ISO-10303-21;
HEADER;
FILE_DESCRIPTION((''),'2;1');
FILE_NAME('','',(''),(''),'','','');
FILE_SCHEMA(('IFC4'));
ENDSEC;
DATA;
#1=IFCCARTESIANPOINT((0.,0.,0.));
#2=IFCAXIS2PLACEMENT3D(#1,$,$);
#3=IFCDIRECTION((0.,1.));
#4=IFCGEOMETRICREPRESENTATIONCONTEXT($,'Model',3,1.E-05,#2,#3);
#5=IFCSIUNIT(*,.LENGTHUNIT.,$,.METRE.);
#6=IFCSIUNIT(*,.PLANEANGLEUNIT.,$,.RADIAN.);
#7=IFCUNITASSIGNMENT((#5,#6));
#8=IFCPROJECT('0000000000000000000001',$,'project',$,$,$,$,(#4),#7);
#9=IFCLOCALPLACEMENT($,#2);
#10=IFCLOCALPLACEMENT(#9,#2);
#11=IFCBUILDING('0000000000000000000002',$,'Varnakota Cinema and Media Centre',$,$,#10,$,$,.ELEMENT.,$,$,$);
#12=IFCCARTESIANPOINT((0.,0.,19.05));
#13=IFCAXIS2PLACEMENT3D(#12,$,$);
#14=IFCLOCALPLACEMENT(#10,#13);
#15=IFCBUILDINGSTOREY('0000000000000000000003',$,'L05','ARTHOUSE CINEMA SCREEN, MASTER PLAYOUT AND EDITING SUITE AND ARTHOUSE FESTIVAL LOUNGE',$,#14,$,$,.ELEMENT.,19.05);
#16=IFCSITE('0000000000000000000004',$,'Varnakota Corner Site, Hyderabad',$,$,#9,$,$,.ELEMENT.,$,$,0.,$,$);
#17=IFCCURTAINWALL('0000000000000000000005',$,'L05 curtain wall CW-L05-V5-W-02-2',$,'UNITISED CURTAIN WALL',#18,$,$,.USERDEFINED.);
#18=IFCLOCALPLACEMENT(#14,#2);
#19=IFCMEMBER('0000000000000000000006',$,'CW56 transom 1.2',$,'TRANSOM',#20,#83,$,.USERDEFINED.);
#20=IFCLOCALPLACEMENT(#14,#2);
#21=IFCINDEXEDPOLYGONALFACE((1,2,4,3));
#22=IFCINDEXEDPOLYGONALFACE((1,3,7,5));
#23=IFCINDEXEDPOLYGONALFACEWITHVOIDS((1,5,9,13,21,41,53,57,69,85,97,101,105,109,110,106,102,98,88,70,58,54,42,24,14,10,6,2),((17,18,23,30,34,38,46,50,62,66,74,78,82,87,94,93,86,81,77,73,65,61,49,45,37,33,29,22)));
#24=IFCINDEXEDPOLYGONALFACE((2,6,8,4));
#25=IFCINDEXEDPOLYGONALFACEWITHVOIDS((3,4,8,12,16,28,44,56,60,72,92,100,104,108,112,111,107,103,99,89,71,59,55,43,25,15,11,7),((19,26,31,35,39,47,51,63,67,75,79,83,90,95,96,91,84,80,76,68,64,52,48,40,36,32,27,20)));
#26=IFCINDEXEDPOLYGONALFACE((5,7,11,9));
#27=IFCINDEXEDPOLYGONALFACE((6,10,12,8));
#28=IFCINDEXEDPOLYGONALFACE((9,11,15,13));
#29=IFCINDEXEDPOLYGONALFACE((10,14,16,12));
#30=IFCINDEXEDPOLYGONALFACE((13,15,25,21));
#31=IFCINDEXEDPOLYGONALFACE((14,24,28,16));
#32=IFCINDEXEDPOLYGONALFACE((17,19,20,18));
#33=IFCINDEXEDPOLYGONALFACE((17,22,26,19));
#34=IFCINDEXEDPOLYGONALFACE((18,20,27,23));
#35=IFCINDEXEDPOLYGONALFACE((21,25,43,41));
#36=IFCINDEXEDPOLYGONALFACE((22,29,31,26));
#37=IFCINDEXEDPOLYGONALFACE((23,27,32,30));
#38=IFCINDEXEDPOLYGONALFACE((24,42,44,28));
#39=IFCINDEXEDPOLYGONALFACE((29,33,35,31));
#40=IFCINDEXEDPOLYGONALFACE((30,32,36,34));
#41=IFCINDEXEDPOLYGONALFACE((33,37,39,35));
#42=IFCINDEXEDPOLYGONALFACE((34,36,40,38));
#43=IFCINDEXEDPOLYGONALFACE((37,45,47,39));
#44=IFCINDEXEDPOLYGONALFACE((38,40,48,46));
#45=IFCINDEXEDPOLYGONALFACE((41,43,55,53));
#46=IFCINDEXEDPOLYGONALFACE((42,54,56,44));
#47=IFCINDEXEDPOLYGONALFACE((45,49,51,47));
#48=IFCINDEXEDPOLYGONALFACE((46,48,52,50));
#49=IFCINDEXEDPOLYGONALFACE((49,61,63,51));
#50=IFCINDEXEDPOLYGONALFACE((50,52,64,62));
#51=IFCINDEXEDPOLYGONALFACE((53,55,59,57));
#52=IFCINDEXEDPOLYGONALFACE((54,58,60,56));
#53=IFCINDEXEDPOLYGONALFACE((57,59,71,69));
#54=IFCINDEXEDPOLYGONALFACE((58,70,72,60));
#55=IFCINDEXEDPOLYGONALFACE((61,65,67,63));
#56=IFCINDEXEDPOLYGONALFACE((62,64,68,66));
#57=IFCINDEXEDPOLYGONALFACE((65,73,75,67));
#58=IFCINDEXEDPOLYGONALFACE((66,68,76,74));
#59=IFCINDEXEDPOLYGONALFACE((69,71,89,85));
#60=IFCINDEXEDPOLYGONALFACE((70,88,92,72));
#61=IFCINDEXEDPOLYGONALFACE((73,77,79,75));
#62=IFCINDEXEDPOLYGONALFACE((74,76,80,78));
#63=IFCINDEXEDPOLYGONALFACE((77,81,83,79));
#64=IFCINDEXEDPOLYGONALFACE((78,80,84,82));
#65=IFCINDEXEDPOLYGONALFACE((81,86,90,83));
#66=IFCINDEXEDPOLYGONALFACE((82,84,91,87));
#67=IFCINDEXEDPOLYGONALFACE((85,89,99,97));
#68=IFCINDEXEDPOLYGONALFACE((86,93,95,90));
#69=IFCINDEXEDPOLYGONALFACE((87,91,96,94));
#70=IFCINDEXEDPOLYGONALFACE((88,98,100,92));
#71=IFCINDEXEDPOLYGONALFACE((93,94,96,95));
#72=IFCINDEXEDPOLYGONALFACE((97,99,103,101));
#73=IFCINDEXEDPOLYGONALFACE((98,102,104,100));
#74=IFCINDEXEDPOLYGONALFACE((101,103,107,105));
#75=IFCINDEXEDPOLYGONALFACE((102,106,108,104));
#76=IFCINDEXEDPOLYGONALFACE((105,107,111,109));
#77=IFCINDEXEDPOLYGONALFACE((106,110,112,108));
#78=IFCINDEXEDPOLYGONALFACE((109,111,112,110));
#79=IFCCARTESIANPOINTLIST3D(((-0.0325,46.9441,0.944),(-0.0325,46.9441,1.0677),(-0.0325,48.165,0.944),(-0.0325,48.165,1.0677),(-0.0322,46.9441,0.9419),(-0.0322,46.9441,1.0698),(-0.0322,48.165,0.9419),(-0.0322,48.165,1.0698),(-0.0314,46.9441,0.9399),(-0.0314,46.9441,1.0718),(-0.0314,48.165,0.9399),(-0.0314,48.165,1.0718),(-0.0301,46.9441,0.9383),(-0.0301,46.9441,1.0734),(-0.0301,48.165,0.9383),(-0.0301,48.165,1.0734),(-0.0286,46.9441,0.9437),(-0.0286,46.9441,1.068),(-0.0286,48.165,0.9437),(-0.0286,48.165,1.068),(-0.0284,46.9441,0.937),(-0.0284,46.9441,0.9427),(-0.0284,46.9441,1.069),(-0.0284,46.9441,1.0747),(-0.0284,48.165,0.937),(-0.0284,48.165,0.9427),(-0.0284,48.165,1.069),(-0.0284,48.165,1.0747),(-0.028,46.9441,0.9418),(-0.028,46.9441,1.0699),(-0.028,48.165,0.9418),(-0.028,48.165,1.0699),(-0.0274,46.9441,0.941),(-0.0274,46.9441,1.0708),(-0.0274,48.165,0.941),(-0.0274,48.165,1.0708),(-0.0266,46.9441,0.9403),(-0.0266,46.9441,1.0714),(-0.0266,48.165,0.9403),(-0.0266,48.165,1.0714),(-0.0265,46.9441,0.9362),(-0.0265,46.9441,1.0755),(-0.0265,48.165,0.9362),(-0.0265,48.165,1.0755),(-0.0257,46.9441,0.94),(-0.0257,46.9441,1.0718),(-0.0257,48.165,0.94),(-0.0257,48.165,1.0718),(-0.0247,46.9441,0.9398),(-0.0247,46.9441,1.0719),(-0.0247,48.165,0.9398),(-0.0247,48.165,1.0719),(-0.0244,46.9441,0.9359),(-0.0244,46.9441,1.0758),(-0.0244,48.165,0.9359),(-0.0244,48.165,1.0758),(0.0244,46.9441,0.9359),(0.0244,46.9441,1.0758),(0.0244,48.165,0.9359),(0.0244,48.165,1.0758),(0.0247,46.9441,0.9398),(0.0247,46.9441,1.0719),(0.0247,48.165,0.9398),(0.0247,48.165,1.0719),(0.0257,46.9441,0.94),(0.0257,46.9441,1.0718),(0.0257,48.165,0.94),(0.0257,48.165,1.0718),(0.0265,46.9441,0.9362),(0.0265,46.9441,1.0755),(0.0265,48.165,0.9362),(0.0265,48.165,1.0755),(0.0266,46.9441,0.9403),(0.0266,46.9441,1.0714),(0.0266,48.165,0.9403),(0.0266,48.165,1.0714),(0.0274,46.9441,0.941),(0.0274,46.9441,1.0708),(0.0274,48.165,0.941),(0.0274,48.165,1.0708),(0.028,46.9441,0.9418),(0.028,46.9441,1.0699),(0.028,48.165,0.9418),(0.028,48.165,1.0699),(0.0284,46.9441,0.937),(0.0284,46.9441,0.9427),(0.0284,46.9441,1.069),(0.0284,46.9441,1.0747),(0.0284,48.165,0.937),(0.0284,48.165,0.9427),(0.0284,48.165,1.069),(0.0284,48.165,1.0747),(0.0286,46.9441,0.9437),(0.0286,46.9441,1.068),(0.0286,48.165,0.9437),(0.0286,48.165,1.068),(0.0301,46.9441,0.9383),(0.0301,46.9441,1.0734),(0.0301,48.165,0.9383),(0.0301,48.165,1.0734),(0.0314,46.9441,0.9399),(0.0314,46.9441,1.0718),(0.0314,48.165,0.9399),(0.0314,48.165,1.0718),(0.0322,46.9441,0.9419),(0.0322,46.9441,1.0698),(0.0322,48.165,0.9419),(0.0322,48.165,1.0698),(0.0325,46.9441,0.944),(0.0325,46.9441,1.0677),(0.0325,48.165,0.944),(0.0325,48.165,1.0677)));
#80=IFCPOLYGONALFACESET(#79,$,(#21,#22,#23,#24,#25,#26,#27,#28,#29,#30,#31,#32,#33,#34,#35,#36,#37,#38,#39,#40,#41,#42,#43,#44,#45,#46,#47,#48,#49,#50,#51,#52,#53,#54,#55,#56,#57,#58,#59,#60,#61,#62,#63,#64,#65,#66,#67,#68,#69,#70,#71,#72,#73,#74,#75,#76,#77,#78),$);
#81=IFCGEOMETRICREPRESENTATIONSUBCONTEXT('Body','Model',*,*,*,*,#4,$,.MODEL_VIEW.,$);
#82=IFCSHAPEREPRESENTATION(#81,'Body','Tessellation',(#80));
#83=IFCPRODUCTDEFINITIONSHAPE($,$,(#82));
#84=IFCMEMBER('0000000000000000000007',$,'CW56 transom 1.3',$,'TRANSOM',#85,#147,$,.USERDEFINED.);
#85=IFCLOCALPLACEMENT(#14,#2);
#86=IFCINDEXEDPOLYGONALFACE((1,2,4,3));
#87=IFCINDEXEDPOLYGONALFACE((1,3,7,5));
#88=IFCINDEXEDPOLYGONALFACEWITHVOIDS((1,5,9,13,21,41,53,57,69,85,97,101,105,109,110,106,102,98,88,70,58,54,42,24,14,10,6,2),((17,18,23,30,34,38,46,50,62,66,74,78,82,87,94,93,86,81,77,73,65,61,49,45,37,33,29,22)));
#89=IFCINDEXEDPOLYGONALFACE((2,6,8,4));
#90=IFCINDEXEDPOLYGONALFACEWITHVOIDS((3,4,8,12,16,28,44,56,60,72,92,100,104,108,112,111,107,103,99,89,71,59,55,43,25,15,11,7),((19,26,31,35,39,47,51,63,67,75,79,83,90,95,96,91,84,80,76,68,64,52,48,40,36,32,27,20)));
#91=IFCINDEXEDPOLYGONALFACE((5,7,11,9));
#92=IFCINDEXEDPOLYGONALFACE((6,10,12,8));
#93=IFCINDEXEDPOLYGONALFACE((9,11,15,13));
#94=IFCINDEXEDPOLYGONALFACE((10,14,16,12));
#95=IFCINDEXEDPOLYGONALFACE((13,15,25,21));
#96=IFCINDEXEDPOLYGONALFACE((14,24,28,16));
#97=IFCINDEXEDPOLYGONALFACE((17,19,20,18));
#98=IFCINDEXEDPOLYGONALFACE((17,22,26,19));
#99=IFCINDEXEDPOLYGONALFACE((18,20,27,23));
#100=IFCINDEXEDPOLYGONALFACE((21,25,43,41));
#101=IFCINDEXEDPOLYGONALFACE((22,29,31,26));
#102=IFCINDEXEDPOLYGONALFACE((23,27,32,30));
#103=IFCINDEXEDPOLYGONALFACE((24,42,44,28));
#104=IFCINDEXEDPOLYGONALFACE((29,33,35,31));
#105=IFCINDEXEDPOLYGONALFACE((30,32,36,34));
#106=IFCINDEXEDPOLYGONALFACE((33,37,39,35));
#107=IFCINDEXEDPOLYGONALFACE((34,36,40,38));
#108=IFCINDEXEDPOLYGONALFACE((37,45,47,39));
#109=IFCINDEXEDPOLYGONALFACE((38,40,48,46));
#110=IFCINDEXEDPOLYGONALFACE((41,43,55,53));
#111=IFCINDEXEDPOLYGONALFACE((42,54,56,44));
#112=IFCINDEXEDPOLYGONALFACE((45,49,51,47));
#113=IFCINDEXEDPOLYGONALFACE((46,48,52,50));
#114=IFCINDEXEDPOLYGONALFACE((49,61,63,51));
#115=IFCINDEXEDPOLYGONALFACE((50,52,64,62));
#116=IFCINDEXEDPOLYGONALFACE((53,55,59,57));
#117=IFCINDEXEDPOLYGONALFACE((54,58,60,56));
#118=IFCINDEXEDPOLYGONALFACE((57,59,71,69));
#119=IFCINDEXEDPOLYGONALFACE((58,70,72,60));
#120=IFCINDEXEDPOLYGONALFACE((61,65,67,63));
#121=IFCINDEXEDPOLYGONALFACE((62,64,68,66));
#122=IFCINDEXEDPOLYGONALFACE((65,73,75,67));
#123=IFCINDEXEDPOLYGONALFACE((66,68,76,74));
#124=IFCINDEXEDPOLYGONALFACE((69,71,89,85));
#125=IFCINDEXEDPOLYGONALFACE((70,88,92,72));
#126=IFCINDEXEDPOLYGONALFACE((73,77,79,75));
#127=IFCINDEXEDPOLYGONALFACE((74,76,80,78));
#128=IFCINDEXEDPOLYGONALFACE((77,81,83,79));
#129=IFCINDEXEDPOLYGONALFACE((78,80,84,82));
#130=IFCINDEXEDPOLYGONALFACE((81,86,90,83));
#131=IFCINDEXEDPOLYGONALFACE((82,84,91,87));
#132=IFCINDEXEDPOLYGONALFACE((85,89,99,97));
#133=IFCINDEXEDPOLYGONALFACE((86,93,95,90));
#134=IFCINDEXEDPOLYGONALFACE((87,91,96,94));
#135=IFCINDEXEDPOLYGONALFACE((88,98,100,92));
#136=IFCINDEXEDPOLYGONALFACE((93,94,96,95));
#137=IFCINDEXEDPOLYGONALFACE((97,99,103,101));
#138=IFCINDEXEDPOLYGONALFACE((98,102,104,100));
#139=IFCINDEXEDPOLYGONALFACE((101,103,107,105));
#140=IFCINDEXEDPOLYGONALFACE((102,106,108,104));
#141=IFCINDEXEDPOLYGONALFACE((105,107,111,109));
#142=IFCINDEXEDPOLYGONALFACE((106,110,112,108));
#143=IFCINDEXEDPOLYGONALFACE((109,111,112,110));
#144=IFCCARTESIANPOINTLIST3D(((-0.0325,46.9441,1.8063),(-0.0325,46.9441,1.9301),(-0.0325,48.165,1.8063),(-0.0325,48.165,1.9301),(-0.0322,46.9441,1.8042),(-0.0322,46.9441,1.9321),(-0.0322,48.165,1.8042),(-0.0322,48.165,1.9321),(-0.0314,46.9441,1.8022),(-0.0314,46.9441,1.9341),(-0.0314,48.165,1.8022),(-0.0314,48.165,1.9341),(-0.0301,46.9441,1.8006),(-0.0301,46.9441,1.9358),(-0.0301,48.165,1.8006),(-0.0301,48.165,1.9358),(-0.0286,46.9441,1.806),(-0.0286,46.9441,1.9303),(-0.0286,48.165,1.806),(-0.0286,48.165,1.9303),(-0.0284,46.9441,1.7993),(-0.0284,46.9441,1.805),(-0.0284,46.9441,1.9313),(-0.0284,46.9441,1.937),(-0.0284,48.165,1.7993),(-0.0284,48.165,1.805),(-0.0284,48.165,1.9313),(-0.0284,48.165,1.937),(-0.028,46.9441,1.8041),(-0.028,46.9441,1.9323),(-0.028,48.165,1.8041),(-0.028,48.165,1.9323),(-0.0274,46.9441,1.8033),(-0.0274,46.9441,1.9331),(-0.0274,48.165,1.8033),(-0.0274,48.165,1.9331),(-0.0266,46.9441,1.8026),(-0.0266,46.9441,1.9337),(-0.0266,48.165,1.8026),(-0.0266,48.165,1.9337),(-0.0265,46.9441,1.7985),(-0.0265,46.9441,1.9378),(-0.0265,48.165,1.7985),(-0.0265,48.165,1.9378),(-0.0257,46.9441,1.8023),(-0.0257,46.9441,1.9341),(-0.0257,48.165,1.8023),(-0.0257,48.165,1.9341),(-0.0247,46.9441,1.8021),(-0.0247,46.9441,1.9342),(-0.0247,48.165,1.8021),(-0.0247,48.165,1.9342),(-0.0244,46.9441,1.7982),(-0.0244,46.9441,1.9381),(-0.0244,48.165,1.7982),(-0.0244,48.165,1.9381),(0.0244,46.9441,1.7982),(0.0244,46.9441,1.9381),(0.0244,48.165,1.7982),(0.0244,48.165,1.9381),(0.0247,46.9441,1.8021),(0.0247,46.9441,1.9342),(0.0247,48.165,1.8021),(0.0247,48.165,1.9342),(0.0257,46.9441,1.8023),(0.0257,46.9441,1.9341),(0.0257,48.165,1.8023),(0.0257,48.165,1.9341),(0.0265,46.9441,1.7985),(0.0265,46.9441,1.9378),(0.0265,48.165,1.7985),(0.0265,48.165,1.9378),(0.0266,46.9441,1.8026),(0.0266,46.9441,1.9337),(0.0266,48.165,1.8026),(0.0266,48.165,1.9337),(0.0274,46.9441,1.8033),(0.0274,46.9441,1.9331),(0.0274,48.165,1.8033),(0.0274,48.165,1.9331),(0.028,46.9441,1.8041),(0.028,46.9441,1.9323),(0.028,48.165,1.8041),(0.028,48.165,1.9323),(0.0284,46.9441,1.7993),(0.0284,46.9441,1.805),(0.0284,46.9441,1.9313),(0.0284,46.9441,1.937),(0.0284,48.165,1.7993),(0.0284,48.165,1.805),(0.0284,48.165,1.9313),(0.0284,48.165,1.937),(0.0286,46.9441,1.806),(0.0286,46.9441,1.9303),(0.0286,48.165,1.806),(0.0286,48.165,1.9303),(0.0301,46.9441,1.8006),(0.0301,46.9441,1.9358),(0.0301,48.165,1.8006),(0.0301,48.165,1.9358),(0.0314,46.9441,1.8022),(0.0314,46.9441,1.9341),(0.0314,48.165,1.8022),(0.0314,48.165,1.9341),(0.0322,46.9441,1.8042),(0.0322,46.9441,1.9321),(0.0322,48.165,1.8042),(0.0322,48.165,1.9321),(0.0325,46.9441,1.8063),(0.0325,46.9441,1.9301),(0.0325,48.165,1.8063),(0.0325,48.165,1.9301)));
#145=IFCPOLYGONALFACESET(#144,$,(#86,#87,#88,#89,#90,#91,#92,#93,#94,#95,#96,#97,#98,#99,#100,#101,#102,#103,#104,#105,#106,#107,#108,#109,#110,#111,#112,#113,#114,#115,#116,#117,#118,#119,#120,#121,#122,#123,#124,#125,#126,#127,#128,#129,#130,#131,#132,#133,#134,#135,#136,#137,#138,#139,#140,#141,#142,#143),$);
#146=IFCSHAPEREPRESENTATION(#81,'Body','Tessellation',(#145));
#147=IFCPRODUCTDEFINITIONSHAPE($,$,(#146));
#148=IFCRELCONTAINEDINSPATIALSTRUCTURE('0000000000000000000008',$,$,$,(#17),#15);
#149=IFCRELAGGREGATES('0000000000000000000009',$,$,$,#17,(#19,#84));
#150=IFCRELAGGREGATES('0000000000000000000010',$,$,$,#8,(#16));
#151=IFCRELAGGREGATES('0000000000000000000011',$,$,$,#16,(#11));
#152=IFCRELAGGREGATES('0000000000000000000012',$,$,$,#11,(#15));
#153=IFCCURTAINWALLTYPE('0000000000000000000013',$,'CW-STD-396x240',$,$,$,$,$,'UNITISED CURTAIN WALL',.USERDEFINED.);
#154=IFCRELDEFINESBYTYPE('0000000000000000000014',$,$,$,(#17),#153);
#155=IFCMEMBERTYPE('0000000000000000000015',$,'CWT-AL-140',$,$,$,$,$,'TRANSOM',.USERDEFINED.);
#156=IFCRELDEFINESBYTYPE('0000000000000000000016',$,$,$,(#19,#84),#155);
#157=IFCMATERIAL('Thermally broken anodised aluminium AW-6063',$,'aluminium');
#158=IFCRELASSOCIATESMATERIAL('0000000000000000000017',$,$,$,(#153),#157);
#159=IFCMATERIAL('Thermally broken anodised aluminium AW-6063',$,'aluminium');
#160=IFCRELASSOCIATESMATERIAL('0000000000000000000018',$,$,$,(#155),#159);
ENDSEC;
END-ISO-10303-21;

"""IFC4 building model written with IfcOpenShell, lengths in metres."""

from ifc_helpers import new_model, si_unit, direction, frame, origin, origin_2d, place, context, subcontext, project, spatial, hollow_rectangle, extrude, material, material_profile, profile_set, type_object, element, aggregate, save


model = new_model("IFC4")

# Units and contexts
model_context = context("Model", 3, precision=1e-05, world=origin(), true_north=direction((0.0, 1.0)))
body_context = subcontext(model_context, "Body", "Model", "MODEL_VIEW")
ifc_project = project(units=[si_unit("LENGTHUNIT", "METRE"), si_unit("PLANEANGLEUNIT", "RADIAN")], contexts=[model_context])

# Site, building, storey
site_placement = place(None, origin())
site = spatial("IfcSite", under=ifc_project, at=site_placement, Name="Varnakota Corner Site, Hyderabad", CompositionType="ELEMENT", RefElevation=0.0)
building_placement = place(site_placement, origin())
building = spatial("IfcBuilding", under=site, at=building_placement, Name="Varnakota Cinema and Media Centre", CompositionType="ELEMENT")
storey_placement = place(building_placement, frame((0.0, 0.0, 19.05)))
storey = spatial("IfcBuildingStorey", under=building, at=storey_placement, Name="L05", Description="ARTHOUSE CINEMA SCREEN, MASTER PLAYOUT AND EDITING SUITE AND ARTHOUSE FESTIVAL LOUNGE", CompositionType="ELEMENT", Elevation=19.05)

# Shared definitions
ifc_material_1 = material(Name="Thermally broken anodised aluminium AW-6063", Category="aluminium")
curtain_wall_type = type_object("IfcCurtainWallType", Name="CW-STD-396x240", ElementType="UNITISED CURTAIN WALL", PredefinedType="USERDEFINED", material=ifc_material_1)

# Curtain wall, members
curtain_wall_1_placement = place(storey_placement, origin())
curtain_wall_1 = element("IfcCurtainWall", 1, at=curtain_wall_1_placement, inside=storey, type_object=curtain_wall_type, Name="L05 curtain wall CW-L05-V5-W-02-2", ObjectType="UNITISED CURTAIN WALL", PredefinedType="USERDEFINED")
ifc_material_2 = material(Name="Thermally broken anodised aluminium AW-6063", Category="aluminium")
ifc_material_profile_1 = material_profile(ifc_material_2, hollow_rectangle(XDim=0.0649, YDim=0.1399, WallThickness=0.0039, InnerFilletRadius=0.0039, OuterFilletRadius=0.0081, at=origin_2d()), Name="AL-TRANSOM 140x65x4")
ifc_profile_set_1 = profile_set([ifc_material_profile_1], Name="Thermally broken anodised aluminium AW-6063")
member_type_1 = type_object("IfcMemberType", Name="CWT-AL-140", ElementType="TRANSOM", PredefinedType="USERDEFINED", material=ifc_profile_set_1)
member_1_placement = place(storey_placement, frame((0.0, 48.165, 1.0059), z_axis=(0.0, -1.0, 0.0), x_axis=(1.0, 0.0, 0.0)))
member_1 = element("IfcMember", 2, at=member_1_placement, type_object=member_type_1, Name="CW56 transom 1.2", ObjectType="TRANSOM", PredefinedType="USERDEFINED", context=body_context, shape_type="SweptSolid", body=[
    extrude(hollow_rectangle(XDim=0.0649, YDim=0.1399, WallThickness=0.0039, InnerFilletRadius=0.0039, OuterFilletRadius=0.0081, at=origin_2d()), origin(), (0.0, 0.0, 1.0), 1.2209),
])
member_2_placement = place(storey_placement, frame((0.0, 48.165, 1.8682), z_axis=(0.0, -1.0, 0.0), x_axis=(1.0, 0.0, 0.0)))
member_2 = element("IfcMember", 3, at=member_2_placement, type_object=member_type_1, Name="CW56 transom 1.3", ObjectType="TRANSOM", PredefinedType="USERDEFINED", context=body_context, shape_type="SweptSolid", body=[
    extrude(hollow_rectangle(XDim=0.0649, YDim=0.1399, WallThickness=0.0039, InnerFilletRadius=0.0039, OuterFilletRadius=0.0081, at=origin_2d()), origin(), (0.0, 0.0, 1.0), 1.2209),
])

aggregate(curtain_wall_1, [member_1, member_2])

save(model, "model.ifc")
